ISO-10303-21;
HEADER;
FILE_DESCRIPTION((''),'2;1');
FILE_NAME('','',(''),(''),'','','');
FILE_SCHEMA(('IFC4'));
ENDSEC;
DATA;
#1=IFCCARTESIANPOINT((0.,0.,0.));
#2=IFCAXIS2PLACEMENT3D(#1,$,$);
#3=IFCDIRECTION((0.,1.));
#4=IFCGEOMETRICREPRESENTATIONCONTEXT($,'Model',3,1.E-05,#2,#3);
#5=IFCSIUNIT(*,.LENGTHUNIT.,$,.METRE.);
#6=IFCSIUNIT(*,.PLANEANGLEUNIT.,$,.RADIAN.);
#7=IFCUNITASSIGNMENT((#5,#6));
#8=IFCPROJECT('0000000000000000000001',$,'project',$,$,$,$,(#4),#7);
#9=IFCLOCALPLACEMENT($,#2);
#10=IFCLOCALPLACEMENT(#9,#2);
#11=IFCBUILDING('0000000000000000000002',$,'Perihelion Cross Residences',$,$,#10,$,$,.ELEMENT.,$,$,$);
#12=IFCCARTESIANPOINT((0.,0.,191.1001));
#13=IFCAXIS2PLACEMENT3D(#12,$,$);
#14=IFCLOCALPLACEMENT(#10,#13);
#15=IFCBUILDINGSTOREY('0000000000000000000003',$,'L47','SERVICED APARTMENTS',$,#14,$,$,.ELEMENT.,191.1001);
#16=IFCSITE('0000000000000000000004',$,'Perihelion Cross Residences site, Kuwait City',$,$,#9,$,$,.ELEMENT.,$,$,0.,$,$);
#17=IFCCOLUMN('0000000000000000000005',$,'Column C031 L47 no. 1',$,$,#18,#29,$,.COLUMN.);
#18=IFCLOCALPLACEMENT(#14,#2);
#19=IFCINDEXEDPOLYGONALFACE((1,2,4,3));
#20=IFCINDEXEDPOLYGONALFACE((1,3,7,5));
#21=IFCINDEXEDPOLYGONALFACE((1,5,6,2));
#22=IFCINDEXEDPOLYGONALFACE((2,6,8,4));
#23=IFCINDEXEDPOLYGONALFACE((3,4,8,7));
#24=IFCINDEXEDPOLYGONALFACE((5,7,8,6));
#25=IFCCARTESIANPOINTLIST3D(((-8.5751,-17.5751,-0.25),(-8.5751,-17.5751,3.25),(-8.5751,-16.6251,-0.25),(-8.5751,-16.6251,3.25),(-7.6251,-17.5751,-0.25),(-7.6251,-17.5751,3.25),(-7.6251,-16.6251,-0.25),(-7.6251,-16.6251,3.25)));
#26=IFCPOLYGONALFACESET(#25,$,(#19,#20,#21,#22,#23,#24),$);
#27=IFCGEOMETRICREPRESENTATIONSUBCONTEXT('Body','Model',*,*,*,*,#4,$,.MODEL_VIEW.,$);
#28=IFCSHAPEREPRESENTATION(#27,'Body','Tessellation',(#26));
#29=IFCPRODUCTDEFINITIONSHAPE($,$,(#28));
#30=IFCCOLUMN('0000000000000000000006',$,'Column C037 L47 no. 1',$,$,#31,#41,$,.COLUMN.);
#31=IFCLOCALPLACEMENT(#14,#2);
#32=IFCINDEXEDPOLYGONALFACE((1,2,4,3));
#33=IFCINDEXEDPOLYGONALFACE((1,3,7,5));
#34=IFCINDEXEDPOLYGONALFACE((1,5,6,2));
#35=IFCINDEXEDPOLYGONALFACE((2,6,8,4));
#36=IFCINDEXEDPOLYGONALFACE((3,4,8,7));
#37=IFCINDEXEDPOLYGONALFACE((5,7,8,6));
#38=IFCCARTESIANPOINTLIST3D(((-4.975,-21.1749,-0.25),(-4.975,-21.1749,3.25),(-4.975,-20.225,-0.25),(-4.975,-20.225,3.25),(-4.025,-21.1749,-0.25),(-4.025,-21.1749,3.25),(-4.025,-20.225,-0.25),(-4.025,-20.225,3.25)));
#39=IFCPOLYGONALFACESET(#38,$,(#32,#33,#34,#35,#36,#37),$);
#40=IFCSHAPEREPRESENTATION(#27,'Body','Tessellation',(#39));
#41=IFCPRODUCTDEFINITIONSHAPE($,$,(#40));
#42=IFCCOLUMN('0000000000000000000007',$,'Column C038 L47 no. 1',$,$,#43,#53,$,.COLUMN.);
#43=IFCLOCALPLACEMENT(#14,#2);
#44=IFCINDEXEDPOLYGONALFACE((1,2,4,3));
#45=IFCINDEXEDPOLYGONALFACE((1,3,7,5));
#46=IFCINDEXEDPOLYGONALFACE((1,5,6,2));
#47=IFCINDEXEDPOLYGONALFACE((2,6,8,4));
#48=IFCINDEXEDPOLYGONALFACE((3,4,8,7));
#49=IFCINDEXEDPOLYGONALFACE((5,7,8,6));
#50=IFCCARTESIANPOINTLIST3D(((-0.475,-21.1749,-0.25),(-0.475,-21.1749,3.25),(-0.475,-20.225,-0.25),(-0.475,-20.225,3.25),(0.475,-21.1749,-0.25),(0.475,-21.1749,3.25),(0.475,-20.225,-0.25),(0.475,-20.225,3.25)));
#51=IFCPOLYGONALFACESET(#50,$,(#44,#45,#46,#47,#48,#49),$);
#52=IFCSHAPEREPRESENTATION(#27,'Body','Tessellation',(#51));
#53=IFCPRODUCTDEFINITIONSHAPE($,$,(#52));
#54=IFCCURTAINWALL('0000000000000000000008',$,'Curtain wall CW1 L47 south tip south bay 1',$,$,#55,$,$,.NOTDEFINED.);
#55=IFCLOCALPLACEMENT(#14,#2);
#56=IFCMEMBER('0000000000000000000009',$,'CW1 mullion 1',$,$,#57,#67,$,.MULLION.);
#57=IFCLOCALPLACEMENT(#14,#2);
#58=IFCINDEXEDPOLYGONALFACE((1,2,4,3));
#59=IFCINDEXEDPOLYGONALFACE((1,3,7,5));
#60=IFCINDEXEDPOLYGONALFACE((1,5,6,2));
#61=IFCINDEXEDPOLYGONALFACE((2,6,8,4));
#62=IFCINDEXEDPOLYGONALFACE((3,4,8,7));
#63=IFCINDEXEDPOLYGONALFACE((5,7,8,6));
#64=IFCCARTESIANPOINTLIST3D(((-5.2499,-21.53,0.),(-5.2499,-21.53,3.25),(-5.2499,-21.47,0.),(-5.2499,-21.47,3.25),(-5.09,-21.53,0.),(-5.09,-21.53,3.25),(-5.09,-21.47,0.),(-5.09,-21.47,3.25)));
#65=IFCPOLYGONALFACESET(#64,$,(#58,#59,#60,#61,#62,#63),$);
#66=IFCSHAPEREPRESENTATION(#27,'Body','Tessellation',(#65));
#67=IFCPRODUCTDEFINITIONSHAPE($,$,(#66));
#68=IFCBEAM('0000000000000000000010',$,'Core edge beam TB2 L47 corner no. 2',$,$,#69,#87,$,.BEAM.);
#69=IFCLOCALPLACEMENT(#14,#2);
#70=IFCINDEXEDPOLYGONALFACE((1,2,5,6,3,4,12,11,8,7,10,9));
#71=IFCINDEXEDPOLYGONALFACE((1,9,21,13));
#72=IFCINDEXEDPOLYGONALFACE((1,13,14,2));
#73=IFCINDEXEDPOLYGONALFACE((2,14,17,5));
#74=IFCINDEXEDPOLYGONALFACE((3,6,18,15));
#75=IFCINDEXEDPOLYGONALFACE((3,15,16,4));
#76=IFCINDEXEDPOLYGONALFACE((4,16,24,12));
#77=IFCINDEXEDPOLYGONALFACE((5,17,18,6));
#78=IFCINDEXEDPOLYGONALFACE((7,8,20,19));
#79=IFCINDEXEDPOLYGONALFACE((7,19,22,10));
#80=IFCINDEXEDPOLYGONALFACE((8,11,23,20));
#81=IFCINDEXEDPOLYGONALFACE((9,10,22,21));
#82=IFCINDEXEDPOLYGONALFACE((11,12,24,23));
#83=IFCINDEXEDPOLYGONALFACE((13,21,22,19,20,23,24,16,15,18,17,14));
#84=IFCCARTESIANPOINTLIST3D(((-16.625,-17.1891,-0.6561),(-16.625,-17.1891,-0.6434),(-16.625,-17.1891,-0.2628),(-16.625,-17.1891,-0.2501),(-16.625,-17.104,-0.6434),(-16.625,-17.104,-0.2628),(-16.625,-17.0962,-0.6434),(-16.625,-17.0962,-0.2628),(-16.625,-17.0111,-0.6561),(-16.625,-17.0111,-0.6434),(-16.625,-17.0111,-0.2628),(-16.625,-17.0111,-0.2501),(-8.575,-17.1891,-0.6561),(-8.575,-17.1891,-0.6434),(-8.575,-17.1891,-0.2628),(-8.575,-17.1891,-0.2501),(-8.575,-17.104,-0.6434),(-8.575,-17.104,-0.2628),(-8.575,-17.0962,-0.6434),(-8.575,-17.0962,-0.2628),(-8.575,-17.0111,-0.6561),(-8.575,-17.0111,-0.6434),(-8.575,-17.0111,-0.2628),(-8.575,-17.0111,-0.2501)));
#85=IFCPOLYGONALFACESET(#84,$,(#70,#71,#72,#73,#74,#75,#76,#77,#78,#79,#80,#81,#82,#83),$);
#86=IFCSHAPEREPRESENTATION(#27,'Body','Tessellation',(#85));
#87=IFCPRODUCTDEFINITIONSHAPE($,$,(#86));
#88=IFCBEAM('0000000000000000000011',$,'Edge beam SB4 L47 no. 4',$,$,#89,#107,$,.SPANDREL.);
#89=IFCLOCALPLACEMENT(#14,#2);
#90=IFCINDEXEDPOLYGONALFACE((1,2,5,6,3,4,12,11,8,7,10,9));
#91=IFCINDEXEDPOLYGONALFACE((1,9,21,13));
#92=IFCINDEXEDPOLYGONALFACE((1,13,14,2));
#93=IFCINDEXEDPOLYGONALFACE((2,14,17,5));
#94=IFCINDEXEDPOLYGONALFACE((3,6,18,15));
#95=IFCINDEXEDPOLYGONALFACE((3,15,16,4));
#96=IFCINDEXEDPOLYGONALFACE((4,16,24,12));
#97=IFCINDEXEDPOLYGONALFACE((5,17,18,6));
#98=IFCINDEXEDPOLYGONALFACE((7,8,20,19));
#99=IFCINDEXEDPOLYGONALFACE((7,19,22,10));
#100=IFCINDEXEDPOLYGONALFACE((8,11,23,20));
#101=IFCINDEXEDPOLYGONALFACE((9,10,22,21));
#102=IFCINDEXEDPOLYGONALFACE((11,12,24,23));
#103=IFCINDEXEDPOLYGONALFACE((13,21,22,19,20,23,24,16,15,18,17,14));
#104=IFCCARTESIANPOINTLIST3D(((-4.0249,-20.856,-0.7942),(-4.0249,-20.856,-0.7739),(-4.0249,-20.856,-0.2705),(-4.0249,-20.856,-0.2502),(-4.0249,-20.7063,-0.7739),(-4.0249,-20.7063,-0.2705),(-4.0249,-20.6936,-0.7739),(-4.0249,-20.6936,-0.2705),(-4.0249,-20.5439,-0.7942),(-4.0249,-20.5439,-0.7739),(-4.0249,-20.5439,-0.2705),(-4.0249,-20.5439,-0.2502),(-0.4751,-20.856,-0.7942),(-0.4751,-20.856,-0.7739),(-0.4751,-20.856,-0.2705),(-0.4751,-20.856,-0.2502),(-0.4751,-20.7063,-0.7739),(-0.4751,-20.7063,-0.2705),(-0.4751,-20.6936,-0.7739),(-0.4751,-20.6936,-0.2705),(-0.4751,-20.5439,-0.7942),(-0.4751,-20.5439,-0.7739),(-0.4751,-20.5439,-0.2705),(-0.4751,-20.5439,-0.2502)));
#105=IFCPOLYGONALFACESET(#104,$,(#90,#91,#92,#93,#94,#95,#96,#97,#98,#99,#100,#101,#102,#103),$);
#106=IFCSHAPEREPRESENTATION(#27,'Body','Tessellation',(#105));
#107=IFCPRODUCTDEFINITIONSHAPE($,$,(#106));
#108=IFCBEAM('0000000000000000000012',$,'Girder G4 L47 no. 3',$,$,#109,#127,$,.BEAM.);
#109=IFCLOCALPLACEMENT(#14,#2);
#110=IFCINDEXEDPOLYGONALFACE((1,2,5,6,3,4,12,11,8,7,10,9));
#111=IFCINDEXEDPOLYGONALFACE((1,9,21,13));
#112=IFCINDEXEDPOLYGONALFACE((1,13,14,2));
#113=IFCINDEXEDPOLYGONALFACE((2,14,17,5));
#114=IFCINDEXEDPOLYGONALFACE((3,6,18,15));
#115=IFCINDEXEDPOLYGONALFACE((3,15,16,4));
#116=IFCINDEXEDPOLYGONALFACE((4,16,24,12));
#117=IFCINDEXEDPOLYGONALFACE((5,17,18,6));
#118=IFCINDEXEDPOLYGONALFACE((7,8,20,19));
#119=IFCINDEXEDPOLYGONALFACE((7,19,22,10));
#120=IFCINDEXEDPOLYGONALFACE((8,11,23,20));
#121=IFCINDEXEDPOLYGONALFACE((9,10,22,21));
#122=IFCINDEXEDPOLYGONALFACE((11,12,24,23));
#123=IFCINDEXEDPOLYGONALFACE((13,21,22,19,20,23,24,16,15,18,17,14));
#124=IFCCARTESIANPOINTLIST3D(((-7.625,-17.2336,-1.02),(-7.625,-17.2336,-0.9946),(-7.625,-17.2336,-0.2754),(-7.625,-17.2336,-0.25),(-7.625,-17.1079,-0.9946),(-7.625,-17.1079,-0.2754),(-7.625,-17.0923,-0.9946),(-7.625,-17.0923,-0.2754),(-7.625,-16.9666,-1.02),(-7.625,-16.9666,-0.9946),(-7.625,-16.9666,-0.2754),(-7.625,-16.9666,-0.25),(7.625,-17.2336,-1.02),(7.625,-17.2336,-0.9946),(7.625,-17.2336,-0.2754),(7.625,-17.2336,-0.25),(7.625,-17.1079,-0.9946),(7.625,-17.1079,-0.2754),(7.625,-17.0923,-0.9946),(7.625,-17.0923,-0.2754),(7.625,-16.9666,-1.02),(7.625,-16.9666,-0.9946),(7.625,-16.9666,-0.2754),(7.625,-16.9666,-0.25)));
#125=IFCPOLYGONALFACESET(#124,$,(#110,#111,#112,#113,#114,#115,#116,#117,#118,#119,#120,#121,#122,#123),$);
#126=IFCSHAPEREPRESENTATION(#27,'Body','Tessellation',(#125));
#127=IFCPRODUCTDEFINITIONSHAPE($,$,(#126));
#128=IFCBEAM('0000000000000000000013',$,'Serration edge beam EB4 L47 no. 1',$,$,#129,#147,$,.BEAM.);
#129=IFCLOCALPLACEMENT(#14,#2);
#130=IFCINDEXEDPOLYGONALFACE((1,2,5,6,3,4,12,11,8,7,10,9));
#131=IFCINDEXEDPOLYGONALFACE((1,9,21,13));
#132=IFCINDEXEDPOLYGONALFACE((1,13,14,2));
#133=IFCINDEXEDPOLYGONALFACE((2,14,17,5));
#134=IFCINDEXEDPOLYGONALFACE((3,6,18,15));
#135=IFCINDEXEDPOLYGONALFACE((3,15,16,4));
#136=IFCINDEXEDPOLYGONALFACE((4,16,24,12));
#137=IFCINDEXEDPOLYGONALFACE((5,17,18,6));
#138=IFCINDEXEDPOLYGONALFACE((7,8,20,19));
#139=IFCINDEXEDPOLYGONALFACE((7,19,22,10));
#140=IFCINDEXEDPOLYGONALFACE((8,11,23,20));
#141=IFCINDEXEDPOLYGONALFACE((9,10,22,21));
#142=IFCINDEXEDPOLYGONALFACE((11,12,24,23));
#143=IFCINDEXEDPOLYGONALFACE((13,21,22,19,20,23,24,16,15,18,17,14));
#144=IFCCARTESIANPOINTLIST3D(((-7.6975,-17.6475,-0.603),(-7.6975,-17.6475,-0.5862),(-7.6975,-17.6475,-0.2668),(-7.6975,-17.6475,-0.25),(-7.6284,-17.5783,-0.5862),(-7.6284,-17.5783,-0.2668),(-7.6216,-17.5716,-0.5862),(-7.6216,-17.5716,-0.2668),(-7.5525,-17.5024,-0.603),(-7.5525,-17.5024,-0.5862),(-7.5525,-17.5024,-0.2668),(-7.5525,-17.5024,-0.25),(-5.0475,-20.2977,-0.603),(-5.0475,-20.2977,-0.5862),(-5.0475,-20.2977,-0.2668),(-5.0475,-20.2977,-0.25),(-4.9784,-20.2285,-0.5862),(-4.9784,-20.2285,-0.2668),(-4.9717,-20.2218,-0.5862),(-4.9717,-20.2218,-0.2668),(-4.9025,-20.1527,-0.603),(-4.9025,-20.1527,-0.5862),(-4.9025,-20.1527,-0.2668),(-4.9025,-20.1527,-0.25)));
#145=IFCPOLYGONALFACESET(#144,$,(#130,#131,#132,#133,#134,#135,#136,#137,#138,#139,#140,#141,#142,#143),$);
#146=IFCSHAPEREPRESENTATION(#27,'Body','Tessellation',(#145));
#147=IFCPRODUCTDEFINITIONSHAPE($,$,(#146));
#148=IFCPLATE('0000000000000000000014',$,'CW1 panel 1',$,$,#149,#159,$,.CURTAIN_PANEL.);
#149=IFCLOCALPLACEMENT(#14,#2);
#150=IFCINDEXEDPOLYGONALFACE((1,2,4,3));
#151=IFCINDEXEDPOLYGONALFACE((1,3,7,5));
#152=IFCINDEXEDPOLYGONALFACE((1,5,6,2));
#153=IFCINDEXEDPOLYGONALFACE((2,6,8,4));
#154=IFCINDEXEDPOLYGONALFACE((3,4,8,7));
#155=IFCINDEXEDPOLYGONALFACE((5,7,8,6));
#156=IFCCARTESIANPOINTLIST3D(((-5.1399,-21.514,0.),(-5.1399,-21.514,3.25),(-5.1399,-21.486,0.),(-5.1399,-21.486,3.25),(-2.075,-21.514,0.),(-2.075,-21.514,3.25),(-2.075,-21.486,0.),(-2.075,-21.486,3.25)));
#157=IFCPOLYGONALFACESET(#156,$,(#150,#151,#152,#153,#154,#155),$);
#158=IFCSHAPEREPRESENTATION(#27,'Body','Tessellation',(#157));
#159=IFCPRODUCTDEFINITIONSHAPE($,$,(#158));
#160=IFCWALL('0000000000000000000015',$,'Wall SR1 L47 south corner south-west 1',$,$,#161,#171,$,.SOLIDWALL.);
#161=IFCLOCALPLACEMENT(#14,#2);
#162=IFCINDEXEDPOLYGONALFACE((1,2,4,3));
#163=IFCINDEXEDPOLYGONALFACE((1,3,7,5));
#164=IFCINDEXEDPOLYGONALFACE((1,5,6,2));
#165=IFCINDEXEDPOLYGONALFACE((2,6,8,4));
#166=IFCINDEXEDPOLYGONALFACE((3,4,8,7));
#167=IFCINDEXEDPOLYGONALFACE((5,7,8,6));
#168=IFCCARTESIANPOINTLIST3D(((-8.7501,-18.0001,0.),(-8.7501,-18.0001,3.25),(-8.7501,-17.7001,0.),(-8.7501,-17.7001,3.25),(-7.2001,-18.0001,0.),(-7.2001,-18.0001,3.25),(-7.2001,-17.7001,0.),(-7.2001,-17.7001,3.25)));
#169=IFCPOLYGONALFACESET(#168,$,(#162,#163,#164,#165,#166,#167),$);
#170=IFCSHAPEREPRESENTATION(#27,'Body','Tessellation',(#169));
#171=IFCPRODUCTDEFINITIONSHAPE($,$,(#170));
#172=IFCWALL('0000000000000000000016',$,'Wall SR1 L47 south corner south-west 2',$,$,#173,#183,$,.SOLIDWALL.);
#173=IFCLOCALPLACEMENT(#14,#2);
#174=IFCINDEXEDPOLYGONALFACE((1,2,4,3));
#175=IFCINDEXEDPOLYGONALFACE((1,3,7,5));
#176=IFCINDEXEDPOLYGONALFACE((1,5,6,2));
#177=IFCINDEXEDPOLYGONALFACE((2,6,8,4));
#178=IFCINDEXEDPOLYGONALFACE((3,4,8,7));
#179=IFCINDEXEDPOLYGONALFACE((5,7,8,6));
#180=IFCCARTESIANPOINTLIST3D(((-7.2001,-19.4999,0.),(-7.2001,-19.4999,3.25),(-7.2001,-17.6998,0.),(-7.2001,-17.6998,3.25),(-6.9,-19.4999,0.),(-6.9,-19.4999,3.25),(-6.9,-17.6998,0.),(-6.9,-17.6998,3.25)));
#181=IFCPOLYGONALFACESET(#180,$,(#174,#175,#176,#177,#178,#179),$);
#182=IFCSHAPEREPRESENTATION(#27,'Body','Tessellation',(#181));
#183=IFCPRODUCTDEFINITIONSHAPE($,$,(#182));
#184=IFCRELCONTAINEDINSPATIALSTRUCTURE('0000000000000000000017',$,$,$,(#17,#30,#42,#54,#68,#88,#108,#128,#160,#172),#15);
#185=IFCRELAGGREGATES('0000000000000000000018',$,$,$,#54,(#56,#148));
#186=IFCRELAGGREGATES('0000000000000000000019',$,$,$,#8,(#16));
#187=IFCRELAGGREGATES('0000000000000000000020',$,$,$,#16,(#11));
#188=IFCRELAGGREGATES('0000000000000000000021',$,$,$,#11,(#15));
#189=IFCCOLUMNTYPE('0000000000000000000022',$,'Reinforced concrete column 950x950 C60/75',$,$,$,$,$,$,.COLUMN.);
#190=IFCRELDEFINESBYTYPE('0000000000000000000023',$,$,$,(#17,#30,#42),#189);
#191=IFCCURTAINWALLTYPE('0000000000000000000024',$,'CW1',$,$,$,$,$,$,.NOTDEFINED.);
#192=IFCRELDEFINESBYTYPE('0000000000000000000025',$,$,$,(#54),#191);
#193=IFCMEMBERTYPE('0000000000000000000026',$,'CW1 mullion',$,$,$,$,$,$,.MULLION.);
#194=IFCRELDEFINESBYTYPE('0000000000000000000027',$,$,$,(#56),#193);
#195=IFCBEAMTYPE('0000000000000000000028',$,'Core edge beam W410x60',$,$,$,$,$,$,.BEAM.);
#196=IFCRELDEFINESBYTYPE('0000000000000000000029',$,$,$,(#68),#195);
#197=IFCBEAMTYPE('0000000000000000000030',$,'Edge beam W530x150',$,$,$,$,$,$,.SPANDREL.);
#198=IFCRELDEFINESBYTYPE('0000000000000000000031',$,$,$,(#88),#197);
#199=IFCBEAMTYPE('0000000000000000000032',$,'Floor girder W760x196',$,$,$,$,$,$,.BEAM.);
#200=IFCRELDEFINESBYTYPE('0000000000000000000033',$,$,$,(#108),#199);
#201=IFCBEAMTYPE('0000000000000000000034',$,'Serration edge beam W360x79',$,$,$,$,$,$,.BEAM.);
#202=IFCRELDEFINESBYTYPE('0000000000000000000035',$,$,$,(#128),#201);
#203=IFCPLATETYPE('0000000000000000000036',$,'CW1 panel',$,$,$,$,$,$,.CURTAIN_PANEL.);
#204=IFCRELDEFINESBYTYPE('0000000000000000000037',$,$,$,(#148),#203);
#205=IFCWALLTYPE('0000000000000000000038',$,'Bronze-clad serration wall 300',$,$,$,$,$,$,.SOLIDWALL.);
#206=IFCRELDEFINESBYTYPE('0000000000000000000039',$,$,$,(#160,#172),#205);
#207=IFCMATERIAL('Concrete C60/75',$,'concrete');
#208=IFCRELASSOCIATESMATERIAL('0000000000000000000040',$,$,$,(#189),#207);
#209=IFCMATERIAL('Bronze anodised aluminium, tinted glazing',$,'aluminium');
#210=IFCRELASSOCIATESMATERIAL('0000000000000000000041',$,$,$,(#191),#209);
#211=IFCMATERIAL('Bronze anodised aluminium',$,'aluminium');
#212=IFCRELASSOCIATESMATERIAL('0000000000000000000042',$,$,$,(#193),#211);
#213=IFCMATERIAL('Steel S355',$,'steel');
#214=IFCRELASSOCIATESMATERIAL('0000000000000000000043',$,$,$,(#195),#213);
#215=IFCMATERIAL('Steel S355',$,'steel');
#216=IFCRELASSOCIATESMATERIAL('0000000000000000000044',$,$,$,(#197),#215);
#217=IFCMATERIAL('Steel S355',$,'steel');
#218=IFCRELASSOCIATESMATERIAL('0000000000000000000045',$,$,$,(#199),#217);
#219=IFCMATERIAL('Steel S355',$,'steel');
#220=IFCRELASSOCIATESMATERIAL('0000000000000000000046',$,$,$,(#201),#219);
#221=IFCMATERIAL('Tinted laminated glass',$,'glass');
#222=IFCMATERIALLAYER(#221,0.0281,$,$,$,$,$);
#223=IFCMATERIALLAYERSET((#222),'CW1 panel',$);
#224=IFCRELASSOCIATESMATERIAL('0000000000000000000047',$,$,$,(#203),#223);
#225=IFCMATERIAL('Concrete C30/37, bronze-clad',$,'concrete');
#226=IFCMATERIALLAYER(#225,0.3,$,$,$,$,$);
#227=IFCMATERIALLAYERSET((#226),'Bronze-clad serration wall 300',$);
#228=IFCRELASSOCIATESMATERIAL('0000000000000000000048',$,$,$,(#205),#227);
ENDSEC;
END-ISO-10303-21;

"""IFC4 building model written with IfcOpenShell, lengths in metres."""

from ifc_helpers import new_model, si_unit, direction, frame, frame_2d, origin, origin_2d, place, context, subcontext, project, spatial, rectangle, i_section, extrude, material, layer, layer_set, material_profile, profile_set, type_object, element, aggregate, save


model = new_model("IFC4")

# Units and contexts
model_context = context("Model", 3, precision=1e-05, world=origin(), true_north=direction((0.0, 1.0)))
body_context = subcontext(model_context, "Body", "Model", "MODEL_VIEW")
ifc_project = project(units=[si_unit("LENGTHUNIT", "METRE"), si_unit("PLANEANGLEUNIT", "RADIAN")], contexts=[model_context])

# Site, building, storey
site_placement = place(None, origin())
site = spatial("IfcSite", under=ifc_project, at=site_placement, Name="Perihelion Cross Residences site, Kuwait City", CompositionType="ELEMENT", RefElevation=0.0)
building_placement = place(site_placement, origin())
building = spatial("IfcBuilding", under=site, at=building_placement, Name="Perihelion Cross Residences", CompositionType="ELEMENT")
storey_placement = place(building_placement, frame((0.0, 0.0, 191.1001)))
storey = spatial("IfcBuildingStorey", under=building, at=storey_placement, Name="L47", Description="SERVICED APARTMENTS", CompositionType="ELEMENT", Elevation=191.1001)

# Columns
ifc_material_1 = material(Name="Concrete C60/75", Category="concrete")
ifc_material_profile_1 = material_profile(ifc_material_1, rectangle(XDim=0.95, YDim=0.95, at=origin_2d()), Name="RC 950x950")
ifc_profile_set_1 = profile_set([ifc_material_profile_1], Name="Concrete C60/75")
column_type = type_object("IfcColumnType", Name="Reinforced concrete column 950x950 C60/75", PredefinedType="COLUMN", material=ifc_profile_set_1)
for number, where, z_axis, x_axis, name in (
    (1, (-8.1001, -17.1001, -0.25), (0.0, 0.0, 1.0), (1.0, 0.0, 0.0), "Column C031 L47 no. 1"),
    (2, (-4.5, -20.7, -0.25), (0.0, 0.0, 1.0), (1.0, 0.0, 0.0), "Column C037 L47 no. 1"),
    (3, (0.0, -20.7, -0.25), (0.0, 0.0, 1.0), (1.0, 0.0, 0.0), "Column C038 L47 no. 1"),
):
    element("IfcColumn", number, at=place(storey_placement, frame(where, z_axis=z_axis, x_axis=x_axis)), inside=storey, type_object=column_type, Name=name, PredefinedType="COLUMN", context=body_context, shape_type="SweptSolid", body=[
        extrude(rectangle(XDim=0.95, YDim=0.95, at=origin_2d()), origin(), (0.0, 0.0, 1.0), 3.5),
    ])

# Curtain wall, member
ifc_material_2 = material(Name="Bronze anodised aluminium, tinted glazing", Category="aluminium")
curtain_wall_type = type_object("IfcCurtainWallType", Name="CW1", PredefinedType="NOTDEFINED", material=ifc_material_2)
curtain_wall_placement = place(storey_placement, origin())
curtain_wall = element("IfcCurtainWall", 4, at=curtain_wall_placement, inside=storey, type_object=curtain_wall_type, Name="Curtain wall CW1 L47 south tip south bay 1", PredefinedType="NOTDEFINED")
ifc_material_3 = material(Name="Bronze anodised aluminium", Category="aluminium")
ifc_material_profile_2 = material_profile(ifc_material_3, rectangle(XDim=0.0601, YDim=0.1599, at=origin_2d()), Name="CW1 mullion")
ifc_profile_set_2 = profile_set([ifc_material_profile_2], Name="Bronze anodised aluminium")
member_type = type_object("IfcMemberType", Name="CW1 mullion", PredefinedType="MULLION", material=ifc_profile_set_2)
member_placement = place(storey_placement, frame((-5.1699, -21.5, 0.0), z_axis=(0.0, 0.0, 1.0), x_axis=(0.0, 1.0, 0.0)))
member = element("IfcMember", 5, at=member_placement, type_object=member_type, Name="CW1 mullion 1", PredefinedType="MULLION", context=body_context, shape_type="SweptSolid", body=[
    extrude(rectangle(XDim=0.0601, YDim=0.1599, at=origin_2d()), origin(), (0.0, 0.0, 1.0), 3.25),
])

# Beams
ifc_material_4 = material(Name="Steel S355", Category="steel")
ifc_material_profile_3 = material_profile(ifc_material_4, i_section(OverallWidth=0.178, OverallDepth=0.406, WebThickness=0.0078, FlangeThickness=0.0127, at=origin_2d()), Name="W410x60")
ifc_profile_set_3 = profile_set([ifc_material_profile_3], Name="Steel S355")
beam_type_1 = type_object("IfcBeamType", Name="Core edge beam W410x60", PredefinedType="BEAM", material=ifc_profile_set_3)
beam_1_placement = place(storey_placement, frame((-8.575, -17.1001, -0.4531), z_axis=(-1.0, 0.0, 0.0), x_axis=(0.0, -1.0, 0.0)))
element("IfcBeam", 6, at=beam_1_placement, inside=storey, type_object=beam_type_1, Name="Core edge beam TB2 L47 corner no. 2", PredefinedType="BEAM", context=body_context, shape_type="SweptSolid", body=[
    extrude(i_section(OverallWidth=0.178, OverallDepth=0.406, WebThickness=0.0078, FlangeThickness=0.0127, at=origin_2d()), origin(), (0.0, 0.0, 1.0), 8.05),
])
ifc_material_5 = material(Name="Steel S355", Category="steel")
ifc_material_profile_4 = material_profile(ifc_material_5, i_section(OverallWidth=0.312, OverallDepth=0.5439, WebThickness=0.0127, FlangeThickness=0.0203, at=origin_2d()), Name="W530x150")
ifc_profile_set_4 = profile_set([ifc_material_profile_4], Name="Steel S355")
beam_type_2 = type_object("IfcBeamType", Name="Edge beam W530x150", PredefinedType="SPANDREL", material=ifc_profile_set_4)
beam_2_placement = place(storey_placement, frame((-4.0249, -20.7, -0.5222), z_axis=(1.0, 0.0, 0.0), x_axis=(0.0, 1.0, 0.0)))
element("IfcBeam", 7, at=beam_2_placement, inside=storey, type_object=beam_type_2, Name="Edge beam SB4 L47 no. 4", PredefinedType="SPANDREL", context=body_context, shape_type="SweptSolid", body=[
    extrude(i_section(OverallWidth=0.312, OverallDepth=0.5439, WebThickness=0.0127, FlangeThickness=0.0203, at=origin_2d()), origin(), (0.0, 0.0, 1.0), 3.5498),
])
ifc_material_6 = material(Name="Steel S355", Category="steel")
ifc_material_profile_5 = material_profile(ifc_material_6, i_section(OverallWidth=0.2671, OverallDepth=0.77, WebThickness=0.0156, FlangeThickness=0.0254, at=origin_2d()), Name="W760x196")
ifc_profile_set_5 = profile_set([ifc_material_profile_5], Name="Steel S355")
beam_type_3 = type_object("IfcBeamType", Name="Floor girder W760x196", PredefinedType="BEAM", material=ifc_profile_set_5)
beam_3_placement = place(storey_placement, frame((-7.625, -17.1001, -0.635), z_axis=(1.0, 0.0, 0.0), x_axis=(0.0, 1.0, 0.0)))
element("IfcBeam", 8, at=beam_3_placement, inside=storey, type_object=beam_type_3, Name="Girder G4 L47 no. 3", PredefinedType="BEAM", context=body_context, shape_type="SweptSolid", body=[
    extrude(i_section(OverallWidth=0.2671, OverallDepth=0.77, WebThickness=0.0156, FlangeThickness=0.0254, at=origin_2d()), origin(), (0.0, 0.0, 1.0), 15.25),
])
ifc_material_7 = material(Name="Steel S355", Category="steel")
ifc_material_profile_6 = material_profile(ifc_material_7, i_section(OverallWidth=0.2051, OverallDepth=0.353, WebThickness=0.0095, FlangeThickness=0.0168, at=origin_2d()), Name="W360x79")
ifc_profile_set_6 = profile_set([ifc_material_profile_6], Name="Steel S355")
beam_type_4 = type_object("IfcBeamType", Name="Serration edge beam W360x79", PredefinedType="BEAM", material=ifc_profile_set_6)
beam_4_placement = place(storey_placement, frame((-7.625, -17.575, -0.4265), z_axis=(0.707074, -0.707139, 0.0), x_axis=(0.707139, 0.707074, 0.0)))
element("IfcBeam", 9, at=beam_4_placement, inside=storey, type_object=beam_type_4, Name="Serration edge beam EB4 L47 no. 1", PredefinedType="BEAM", context=body_context, shape_type="SweptSolid", body=[
    extrude(i_section(OverallWidth=0.2051, OverallDepth=0.353, WebThickness=0.0095, FlangeThickness=0.0168, at=origin_2d()), origin(), (0.0, 0.0, 1.0), 3.7478),
])

# Plate
ifc_material_8 = material(Name="Tinted laminated glass", Category="glass")
ifc_layer_1 = layer(ifc_material_8, 0.0281)
ifc_layer_set_1 = layer_set([ifc_layer_1], Name="CW1 panel")
plate_type = type_object("IfcPlateType", Name="CW1 panel", PredefinedType="CURTAIN_PANEL", material=ifc_layer_set_1)
plate_placement = place(storey_placement, frame((-3.6074, -21.5, 0.0), z_axis=(0.0, 0.0, 1.0), x_axis=(1.0, 0.0, 0.0)))
plate = element("IfcPlate", 10, at=plate_placement, type_object=plate_type, Name="CW1 panel 1", PredefinedType="CURTAIN_PANEL", context=body_context, shape_type="SweptSolid", body=[
    extrude(rectangle(XDim=3.0649, YDim=0.0281, at=origin_2d()), origin(), (0.0, 0.0, 1.0), 3.25),
])
aggregate(curtain_wall, [member, plate])

# Walls
ifc_material_9 = material(Name="Concrete C30/37, bronze-clad", Category="concrete")
ifc_layer_2 = layer(ifc_material_9, 0.3)
ifc_layer_set_2 = layer_set([ifc_layer_2], Name="Bronze-clad serration wall 300")
wall_type_1 = type_object("IfcWallType", Name="Bronze-clad serration wall 300", PredefinedType="SOLIDWALL", material=ifc_layer_set_2)
wall_1_placement = place(storey_placement, frame((-8.75, -17.8501, 0.0), z_axis=(0.0, 0.0, 1.0), x_axis=(1.0, 0.0, 0.0)))
element("IfcWall", 11, at=wall_1_placement, inside=storey, type_object=wall_type_1, Name="Wall SR1 L47 south corner south-west 1", PredefinedType="SOLIDWALL", context=body_context, shape_type="SweptSolid", body=[
    extrude(rectangle(XDim=1.55, YDim=0.3, at=frame_2d((0.7749, 0.0))), origin(), (0.0, 0.0, 1.0), 3.25),
])
for number, where, z_axis, x_axis, name in (
    (12, (-7.05, -17.7, 0.0), (0.0, 0.0, 1.0), (0.0, -1.0, 0.0), "Wall SR1 L47 south corner south-west 2"),
):
    element("IfcWall", number, at=place(storey_placement, frame(where, z_axis=z_axis, x_axis=x_axis)), inside=storey, type_object=wall_type_1, Name=name, PredefinedType="SOLIDWALL", context=body_context, shape_type="SweptSolid", body=[
        extrude(rectangle(XDim=1.8, YDim=0.3, at=frame_2d((0.8999, 0.0))), origin(), (0.0, 0.0, 1.0), 3.25),
    ])

save(model, "model.ifc")
